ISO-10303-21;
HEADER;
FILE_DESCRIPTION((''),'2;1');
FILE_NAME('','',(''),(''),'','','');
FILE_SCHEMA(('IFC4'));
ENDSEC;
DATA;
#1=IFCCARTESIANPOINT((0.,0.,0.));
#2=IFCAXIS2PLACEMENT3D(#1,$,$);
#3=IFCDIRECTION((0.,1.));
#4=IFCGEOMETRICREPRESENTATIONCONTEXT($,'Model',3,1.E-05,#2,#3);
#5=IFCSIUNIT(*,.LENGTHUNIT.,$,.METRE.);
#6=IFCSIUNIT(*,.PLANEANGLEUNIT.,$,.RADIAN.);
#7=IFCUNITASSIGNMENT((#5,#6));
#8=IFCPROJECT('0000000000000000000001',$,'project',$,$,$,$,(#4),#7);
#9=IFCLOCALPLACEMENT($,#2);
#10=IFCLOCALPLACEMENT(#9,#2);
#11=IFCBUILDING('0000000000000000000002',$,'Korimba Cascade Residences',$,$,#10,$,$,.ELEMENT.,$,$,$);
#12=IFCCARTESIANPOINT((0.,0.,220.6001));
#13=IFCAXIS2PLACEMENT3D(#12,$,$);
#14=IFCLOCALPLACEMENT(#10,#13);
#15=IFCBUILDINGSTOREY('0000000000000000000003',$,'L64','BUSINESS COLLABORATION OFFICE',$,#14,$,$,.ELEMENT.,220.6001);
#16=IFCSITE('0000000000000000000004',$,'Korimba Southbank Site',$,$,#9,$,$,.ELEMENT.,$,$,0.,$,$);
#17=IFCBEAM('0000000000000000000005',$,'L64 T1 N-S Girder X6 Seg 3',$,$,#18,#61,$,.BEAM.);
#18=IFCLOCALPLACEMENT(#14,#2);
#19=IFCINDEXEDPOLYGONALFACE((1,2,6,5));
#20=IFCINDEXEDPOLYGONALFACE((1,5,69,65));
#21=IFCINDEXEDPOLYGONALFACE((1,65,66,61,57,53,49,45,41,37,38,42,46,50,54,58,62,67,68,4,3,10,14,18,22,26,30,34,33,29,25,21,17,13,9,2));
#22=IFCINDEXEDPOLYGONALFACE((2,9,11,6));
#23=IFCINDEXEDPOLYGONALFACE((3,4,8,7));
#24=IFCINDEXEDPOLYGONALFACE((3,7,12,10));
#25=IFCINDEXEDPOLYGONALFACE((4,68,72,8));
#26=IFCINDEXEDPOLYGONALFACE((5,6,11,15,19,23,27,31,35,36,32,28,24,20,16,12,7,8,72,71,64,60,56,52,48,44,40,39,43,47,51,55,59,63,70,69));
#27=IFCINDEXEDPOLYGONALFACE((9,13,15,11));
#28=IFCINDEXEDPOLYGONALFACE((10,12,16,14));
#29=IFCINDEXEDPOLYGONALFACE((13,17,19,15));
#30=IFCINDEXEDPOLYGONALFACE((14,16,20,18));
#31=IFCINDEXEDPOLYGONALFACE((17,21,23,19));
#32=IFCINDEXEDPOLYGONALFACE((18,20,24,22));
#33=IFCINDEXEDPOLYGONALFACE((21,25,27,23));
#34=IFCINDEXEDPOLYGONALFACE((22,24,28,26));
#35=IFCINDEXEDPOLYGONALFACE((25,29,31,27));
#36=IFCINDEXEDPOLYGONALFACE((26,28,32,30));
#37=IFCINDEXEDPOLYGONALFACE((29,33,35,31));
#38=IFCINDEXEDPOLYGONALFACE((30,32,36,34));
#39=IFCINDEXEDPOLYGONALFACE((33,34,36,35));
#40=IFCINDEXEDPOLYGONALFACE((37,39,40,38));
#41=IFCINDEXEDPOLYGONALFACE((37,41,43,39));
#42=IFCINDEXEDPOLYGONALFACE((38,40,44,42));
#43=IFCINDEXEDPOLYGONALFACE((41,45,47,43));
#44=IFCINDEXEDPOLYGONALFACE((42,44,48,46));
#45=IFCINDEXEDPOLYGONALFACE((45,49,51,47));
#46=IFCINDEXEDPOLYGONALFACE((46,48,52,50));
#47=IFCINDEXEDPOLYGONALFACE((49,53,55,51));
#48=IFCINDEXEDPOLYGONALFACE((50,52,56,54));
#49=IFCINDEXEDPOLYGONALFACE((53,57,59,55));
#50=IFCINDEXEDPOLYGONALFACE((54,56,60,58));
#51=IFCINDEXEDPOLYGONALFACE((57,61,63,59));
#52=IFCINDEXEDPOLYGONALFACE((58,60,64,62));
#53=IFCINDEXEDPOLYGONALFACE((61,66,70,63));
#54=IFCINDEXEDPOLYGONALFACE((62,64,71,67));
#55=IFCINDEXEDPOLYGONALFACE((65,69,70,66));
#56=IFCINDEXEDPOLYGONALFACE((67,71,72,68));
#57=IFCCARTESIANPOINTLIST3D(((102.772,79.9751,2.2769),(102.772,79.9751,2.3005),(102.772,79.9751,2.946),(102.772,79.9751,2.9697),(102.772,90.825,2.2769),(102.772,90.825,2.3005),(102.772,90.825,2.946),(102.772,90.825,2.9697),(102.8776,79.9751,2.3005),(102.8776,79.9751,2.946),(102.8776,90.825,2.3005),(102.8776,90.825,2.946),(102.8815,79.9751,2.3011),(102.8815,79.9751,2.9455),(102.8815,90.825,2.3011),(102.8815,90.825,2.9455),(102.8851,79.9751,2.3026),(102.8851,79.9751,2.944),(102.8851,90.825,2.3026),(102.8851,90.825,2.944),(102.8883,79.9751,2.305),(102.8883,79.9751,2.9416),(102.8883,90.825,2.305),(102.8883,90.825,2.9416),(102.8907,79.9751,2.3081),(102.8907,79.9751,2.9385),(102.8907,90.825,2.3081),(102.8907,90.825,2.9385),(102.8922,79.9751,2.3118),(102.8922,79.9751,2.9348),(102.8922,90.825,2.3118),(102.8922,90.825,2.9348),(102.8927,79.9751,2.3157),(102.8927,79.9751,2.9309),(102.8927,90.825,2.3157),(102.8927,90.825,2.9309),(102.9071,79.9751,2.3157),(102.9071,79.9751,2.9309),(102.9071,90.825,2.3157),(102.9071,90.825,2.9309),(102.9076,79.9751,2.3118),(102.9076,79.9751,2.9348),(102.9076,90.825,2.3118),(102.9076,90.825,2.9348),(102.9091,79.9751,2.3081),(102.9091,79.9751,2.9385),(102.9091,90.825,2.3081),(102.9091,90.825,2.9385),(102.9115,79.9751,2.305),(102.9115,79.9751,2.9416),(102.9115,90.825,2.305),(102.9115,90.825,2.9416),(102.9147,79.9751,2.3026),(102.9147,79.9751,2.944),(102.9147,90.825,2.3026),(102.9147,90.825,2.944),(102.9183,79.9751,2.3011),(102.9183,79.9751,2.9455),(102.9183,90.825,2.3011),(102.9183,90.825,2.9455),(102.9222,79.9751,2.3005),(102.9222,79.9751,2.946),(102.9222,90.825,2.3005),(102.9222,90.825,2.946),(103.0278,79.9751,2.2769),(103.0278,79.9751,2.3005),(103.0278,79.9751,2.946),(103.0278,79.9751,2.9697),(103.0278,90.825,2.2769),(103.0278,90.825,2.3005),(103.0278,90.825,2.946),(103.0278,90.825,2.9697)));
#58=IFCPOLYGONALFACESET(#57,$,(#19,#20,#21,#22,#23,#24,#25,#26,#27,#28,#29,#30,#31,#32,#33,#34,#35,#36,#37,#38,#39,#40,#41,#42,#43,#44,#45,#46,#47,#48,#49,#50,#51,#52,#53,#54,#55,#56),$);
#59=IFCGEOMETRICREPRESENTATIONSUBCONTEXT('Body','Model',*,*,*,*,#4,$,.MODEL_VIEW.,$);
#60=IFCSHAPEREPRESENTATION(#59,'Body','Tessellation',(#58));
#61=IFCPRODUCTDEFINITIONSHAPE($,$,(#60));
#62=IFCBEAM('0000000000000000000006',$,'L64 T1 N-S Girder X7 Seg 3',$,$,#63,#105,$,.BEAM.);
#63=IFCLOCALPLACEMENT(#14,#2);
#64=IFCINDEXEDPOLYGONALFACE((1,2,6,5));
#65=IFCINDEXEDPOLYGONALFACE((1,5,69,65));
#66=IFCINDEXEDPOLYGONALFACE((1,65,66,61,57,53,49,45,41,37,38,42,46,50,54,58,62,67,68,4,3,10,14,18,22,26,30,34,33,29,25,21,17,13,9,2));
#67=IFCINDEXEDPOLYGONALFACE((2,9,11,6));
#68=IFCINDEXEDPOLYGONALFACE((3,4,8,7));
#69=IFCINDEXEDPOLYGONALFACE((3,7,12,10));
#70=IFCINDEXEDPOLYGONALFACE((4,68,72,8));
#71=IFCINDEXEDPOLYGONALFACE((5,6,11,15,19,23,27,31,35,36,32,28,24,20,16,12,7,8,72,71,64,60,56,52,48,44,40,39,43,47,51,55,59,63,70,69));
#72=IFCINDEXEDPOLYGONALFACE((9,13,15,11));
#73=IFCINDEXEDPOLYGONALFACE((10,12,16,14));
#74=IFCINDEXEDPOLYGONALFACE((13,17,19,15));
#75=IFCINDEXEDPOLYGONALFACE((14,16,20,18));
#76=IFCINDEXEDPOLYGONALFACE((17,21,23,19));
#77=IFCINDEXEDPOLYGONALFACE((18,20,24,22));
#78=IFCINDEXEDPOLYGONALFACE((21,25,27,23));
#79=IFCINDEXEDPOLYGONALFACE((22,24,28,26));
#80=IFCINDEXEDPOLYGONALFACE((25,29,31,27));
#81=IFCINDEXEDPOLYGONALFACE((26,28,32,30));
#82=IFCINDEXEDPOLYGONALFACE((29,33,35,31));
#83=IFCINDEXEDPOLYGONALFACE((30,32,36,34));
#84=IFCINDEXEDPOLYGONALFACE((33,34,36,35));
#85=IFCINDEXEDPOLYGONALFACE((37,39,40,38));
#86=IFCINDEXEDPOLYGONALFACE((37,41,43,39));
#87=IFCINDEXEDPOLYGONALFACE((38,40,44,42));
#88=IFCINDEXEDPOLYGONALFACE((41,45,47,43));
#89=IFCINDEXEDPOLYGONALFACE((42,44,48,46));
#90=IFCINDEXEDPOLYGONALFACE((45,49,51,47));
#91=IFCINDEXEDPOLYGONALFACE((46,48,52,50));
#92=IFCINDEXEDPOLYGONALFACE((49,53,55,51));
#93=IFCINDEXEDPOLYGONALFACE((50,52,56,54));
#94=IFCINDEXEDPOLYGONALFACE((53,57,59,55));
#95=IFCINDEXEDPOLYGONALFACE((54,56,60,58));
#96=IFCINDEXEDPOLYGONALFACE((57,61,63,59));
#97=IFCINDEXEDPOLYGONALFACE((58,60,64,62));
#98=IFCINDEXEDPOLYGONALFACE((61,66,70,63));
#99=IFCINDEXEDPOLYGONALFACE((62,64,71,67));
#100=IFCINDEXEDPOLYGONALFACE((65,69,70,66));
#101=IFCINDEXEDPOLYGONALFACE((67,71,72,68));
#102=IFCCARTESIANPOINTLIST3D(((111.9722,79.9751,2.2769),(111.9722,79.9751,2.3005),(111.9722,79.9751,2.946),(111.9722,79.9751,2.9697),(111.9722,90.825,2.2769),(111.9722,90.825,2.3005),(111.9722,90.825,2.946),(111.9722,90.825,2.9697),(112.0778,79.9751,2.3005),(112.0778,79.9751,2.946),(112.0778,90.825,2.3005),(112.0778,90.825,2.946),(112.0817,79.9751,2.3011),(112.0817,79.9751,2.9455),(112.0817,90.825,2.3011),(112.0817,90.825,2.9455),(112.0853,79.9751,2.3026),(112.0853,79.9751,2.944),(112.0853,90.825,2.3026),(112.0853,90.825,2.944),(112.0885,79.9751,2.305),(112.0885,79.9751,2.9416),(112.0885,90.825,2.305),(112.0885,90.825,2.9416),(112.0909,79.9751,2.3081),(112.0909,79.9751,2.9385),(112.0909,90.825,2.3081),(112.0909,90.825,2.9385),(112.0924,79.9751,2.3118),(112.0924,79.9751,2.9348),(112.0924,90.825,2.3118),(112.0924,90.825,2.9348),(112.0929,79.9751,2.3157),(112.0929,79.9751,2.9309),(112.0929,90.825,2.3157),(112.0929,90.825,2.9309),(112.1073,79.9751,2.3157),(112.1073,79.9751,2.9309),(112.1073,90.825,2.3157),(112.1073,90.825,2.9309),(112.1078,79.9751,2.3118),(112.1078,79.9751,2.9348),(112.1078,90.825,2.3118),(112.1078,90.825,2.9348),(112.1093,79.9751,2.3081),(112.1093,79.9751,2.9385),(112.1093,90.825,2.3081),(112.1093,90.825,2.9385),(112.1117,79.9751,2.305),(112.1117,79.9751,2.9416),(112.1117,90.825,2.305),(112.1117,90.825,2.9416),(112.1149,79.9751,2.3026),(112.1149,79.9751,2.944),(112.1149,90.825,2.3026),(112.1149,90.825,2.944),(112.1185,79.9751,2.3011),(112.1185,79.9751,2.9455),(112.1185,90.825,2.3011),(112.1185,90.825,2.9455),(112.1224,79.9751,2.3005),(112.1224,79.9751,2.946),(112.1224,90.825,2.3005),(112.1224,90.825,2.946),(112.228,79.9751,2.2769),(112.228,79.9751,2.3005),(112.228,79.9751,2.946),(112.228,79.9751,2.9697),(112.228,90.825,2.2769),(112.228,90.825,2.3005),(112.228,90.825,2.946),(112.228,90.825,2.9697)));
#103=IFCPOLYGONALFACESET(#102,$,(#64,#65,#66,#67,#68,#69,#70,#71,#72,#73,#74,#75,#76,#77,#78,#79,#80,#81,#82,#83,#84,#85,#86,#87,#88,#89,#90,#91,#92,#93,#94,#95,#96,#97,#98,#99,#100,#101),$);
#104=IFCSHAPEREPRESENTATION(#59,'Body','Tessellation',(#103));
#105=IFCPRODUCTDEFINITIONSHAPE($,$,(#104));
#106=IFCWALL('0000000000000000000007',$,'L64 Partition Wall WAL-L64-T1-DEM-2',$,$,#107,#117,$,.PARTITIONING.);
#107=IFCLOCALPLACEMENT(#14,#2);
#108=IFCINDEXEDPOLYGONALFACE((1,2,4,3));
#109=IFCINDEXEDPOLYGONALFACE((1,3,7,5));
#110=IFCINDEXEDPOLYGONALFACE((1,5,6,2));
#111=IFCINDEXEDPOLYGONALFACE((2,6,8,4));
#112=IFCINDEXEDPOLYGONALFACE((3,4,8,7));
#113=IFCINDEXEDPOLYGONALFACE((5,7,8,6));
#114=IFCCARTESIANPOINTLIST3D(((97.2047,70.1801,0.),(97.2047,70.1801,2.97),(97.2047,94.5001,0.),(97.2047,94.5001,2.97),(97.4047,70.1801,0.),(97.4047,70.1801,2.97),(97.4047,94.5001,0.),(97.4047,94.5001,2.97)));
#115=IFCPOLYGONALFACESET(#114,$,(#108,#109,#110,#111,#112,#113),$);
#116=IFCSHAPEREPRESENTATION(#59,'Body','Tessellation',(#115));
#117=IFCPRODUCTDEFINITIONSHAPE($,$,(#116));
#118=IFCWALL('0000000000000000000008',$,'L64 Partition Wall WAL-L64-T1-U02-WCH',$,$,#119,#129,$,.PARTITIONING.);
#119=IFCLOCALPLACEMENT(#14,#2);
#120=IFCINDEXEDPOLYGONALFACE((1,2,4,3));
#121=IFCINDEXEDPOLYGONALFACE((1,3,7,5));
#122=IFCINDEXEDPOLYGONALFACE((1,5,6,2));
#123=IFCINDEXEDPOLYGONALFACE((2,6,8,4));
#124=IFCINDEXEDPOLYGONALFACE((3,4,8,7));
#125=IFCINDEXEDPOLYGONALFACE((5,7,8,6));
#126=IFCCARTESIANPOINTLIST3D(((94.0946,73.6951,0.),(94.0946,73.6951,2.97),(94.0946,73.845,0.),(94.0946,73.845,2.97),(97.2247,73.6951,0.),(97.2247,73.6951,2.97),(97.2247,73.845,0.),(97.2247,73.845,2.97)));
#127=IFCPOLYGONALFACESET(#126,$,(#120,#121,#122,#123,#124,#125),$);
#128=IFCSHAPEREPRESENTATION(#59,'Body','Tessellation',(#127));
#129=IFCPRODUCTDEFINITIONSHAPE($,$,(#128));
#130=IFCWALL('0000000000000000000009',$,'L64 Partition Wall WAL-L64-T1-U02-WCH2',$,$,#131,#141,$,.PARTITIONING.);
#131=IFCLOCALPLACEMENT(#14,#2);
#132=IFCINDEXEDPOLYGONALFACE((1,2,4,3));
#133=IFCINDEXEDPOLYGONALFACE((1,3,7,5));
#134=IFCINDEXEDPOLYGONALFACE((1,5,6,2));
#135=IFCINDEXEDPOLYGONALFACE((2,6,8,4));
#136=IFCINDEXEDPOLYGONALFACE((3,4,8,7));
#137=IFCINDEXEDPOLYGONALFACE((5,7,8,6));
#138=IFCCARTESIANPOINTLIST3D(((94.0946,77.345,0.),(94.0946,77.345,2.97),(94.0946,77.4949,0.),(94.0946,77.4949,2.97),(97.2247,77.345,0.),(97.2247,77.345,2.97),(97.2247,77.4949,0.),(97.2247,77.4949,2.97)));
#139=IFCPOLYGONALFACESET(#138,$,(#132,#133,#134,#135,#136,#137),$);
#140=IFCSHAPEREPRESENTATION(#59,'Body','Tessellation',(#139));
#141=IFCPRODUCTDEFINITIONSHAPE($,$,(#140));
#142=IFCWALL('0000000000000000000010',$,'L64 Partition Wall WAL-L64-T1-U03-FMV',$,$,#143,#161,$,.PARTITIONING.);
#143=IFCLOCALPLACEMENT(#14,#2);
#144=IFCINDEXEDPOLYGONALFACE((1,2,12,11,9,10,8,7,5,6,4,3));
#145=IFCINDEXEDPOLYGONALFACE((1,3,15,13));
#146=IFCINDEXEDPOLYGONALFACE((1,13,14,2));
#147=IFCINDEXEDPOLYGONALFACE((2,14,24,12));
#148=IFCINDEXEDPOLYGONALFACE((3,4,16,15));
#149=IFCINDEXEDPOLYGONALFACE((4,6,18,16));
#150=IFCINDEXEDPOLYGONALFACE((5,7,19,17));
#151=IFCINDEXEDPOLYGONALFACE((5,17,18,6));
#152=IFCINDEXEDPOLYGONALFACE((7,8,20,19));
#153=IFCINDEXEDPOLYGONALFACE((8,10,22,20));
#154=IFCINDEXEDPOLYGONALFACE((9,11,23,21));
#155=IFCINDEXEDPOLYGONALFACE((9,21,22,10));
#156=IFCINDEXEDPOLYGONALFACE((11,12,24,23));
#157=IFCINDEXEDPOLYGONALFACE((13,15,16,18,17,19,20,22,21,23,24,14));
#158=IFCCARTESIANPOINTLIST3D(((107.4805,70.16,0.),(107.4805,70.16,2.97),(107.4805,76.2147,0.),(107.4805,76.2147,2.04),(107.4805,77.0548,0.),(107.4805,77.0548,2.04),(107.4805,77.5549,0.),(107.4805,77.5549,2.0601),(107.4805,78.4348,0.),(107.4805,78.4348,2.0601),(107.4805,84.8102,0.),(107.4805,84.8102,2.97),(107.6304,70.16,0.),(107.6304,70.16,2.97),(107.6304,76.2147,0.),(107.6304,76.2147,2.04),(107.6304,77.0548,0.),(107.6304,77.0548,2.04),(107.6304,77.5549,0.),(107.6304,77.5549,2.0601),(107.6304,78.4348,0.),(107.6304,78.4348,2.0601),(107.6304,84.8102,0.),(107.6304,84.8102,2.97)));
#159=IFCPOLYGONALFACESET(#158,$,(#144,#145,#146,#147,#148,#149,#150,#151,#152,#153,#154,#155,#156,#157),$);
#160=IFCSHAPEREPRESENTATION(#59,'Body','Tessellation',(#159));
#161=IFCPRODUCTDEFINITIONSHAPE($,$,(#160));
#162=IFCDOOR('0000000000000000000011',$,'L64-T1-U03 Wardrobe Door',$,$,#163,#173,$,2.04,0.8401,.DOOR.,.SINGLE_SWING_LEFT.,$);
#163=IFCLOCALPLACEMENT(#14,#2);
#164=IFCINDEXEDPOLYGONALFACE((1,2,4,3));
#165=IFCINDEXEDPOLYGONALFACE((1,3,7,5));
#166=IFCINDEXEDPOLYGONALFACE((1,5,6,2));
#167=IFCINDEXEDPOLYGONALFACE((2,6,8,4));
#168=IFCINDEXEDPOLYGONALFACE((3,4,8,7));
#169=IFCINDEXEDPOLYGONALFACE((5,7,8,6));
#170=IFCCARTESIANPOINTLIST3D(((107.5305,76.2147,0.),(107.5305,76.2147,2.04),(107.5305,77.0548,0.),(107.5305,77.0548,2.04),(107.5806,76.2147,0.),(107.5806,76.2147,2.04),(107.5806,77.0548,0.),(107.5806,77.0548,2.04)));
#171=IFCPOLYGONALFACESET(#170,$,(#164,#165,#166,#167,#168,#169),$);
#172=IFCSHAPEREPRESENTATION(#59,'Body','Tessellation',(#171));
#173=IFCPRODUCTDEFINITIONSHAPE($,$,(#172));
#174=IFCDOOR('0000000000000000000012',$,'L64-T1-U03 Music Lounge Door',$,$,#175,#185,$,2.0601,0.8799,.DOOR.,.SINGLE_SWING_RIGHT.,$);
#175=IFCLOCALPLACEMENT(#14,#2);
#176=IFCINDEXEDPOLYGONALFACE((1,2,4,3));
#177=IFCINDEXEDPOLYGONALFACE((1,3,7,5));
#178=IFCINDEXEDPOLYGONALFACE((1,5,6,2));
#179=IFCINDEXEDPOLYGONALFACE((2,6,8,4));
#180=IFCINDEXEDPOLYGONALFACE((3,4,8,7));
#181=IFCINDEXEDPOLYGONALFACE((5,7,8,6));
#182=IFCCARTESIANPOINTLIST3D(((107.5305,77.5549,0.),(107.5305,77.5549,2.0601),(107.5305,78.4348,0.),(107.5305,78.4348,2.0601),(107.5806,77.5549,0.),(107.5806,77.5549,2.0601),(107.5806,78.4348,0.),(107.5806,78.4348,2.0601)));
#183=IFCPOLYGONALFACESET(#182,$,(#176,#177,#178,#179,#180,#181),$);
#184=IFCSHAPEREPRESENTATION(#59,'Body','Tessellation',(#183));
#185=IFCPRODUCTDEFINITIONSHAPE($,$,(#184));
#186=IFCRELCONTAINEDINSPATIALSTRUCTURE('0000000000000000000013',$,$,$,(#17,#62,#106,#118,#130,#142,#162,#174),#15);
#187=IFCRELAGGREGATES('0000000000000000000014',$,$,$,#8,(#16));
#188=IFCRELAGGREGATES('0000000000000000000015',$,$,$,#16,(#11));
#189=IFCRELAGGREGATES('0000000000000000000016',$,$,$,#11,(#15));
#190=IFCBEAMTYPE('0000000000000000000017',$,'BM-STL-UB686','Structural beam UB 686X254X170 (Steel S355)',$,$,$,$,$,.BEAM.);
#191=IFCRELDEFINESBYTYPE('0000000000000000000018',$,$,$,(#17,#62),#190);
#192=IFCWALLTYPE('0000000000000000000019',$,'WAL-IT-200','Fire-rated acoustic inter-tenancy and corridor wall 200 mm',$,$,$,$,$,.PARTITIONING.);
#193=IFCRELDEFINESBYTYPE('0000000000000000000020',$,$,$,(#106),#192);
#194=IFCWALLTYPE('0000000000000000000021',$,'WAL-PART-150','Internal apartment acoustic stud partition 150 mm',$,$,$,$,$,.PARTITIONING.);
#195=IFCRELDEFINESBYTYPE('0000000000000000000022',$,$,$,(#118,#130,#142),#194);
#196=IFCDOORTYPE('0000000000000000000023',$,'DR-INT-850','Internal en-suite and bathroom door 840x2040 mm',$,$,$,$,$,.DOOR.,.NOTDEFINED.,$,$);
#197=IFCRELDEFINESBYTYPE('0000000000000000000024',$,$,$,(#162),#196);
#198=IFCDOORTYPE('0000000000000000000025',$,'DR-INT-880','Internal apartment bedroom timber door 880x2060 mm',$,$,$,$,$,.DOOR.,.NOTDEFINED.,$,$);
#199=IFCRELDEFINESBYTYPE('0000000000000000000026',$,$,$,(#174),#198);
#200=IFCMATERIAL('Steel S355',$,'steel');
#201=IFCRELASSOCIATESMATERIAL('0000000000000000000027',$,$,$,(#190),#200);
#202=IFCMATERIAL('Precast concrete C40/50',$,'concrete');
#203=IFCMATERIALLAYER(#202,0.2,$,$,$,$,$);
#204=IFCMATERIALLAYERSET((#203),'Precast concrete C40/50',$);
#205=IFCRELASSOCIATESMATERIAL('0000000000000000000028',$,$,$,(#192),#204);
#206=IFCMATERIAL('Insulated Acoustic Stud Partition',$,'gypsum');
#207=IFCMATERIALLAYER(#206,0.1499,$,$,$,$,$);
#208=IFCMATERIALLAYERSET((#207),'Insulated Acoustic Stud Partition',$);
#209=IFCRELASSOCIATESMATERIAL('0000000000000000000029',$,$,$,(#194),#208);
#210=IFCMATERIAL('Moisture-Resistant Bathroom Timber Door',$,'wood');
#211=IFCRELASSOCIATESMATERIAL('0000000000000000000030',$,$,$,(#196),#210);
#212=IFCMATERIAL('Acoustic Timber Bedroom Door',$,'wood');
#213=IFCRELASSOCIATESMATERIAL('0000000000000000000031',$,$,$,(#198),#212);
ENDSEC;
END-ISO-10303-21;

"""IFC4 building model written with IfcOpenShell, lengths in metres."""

from ifc_helpers import new_model, si_unit, direction, frame, frame_2d, origin, origin_2d, place, context, subcontext, project, spatial, rectangle, i_section, extrude, material, layer, layer_set, material_profile, profile_set, type_object, element, fill, save


model = new_model("IFC4")

# Units and contexts
model_context = context("Model", 3, precision=1e-05, world=origin(), true_north=direction((0.0, 1.0)))
body_context = subcontext(model_context, "Body", "Model", "MODEL_VIEW")
ifc_project = project(units=[si_unit("LENGTHUNIT", "METRE"), si_unit("PLANEANGLEUNIT", "RADIAN")], contexts=[model_context])

# Site, building, storey
site_placement = place(None, origin())
site = spatial("IfcSite", under=ifc_project, at=site_placement, Name="Korimba Southbank Site", CompositionType="ELEMENT", RefElevation=0.0)
building_placement = place(site_placement, origin())
building = spatial("IfcBuilding", under=site, at=building_placement, Name="Korimba Cascade Residences", CompositionType="ELEMENT")
storey_placement = place(building_placement, frame((0.0, 0.0, 220.6001)))
storey = spatial("IfcBuildingStorey", under=building, at=storey_placement, Name="L64", Description="BUSINESS COLLABORATION OFFICE", CompositionType="ELEMENT", Elevation=220.6001)

# Beams
ifc_material_1 = material(Name="Steel S355", Category="steel")
ifc_material_profile_1 = material_profile(ifc_material_1, i_section(OverallWidth=0.2559, OverallDepth=0.6929, WebThickness=0.0144, FlangeThickness=0.0237, FilletRadius=0.0151, at=origin_2d()), Name="Steel S355")
ifc_profile_set_1 = profile_set([ifc_material_profile_1], Name="Steel S355")
beam_type_1 = type_object("IfcBeamType", Name="BM-STL-UB686", Description="Structural beam UB 686X254X170 (Steel S355)", PredefinedType="BEAM", material=ifc_profile_set_1)
for number, where, z_axis, x_axis, name in (
    (1, (102.8999, 79.9751, 2.6233), (0.0, 1.0, 0.0), (-1.0, 0.0, 0.0), "L64 T1 N-S Girder X6 Seg 3"),
    (2, (112.1001, 79.9751, 2.6233), (0.0, 1.0, 0.0), (-1.0, 0.0, 0.0), "L64 T1 N-S Girder X7 Seg 3"),
):
    element("IfcBeam", number, at=place(storey_placement, frame(where, z_axis=z_axis, x_axis=x_axis)), inside=storey, type_object=beam_type_1, Name=name, PredefinedType="BEAM", context=body_context, shape_type="SweptSolid", body=[
        extrude(i_section(OverallWidth=0.2559, OverallDepth=0.6929, WebThickness=0.0144, FlangeThickness=0.0237, FilletRadius=0.0151, at=origin_2d()), origin(), (0.0, 0.0, 1.0), 10.8499),
    ])

# Walls
ifc_material_2 = material(Name="Precast concrete C40/50", Category="concrete")
ifc_layer_1 = layer(ifc_material_2, 0.2)
ifc_layer_set_1 = layer_set([ifc_layer_1], Name="Precast concrete C40/50")
wall_type_1 = type_object("IfcWallType", Name="WAL-IT-200", Description="Fire-rated acoustic inter-tenancy and corridor wall 200 mm", PredefinedType="PARTITIONING", material=ifc_layer_set_1)
wall_1_placement = place(storey_placement, frame((97.3047, 70.1799, 0.0), z_axis=(0.0, 0.0, 1.0), x_axis=(0.0, 1.0, 0.0)))
element("IfcWall", 3, at=wall_1_placement, inside=storey, type_object=wall_type_1, Name="L64 Partition Wall WAL-L64-T1-DEM-2", PredefinedType="PARTITIONING", context=body_context, shape_type="SweptSolid", body=[
    extrude(rectangle(XDim=24.3201, YDim=0.2, at=frame_2d((12.1602, 0.0))), origin(), (0.0, 0.0, 1.0), 2.97),
])
ifc_material_3 = material(Name="Insulated Acoustic Stud Partition", Category="gypsum")
ifc_layer_2 = layer(ifc_material_3, 0.1499)
ifc_layer_set_2 = layer_set([ifc_layer_2], Name="Insulated Acoustic Stud Partition")
wall_type_2 = type_object("IfcWallType", Name="WAL-PART-150", Description="Internal apartment acoustic stud partition 150 mm", PredefinedType="PARTITIONING", material=ifc_layer_set_2)
for number, where, z_axis, x_axis, name in (
    (4, (94.0947, 73.77, 0.0), (0.0, 0.0, 1.0), (1.0, 0.0, 0.0), "L64 Partition Wall WAL-L64-T1-U02-WCH"),
    (5, (94.0947, 77.4199, 0.0), (0.0, 0.0, 1.0), (1.0, 0.0, 0.0), "L64 Partition Wall WAL-L64-T1-U02-WCH2"),
):
    element("IfcWall", number, at=place(storey_placement, frame(where, z_axis=z_axis, x_axis=x_axis)), inside=storey, type_object=wall_type_2, Name=name, PredefinedType="PARTITIONING", context=body_context, shape_type="SweptSolid", body=[
        extrude(rectangle(XDim=3.1301, YDim=0.1499, at=frame_2d((1.5649, 0.0))), origin(), (0.0, 0.0, 1.0), 2.97),
    ])

# Wall, openings, doors
wall_2_placement = place(storey_placement, frame((107.5554, 70.1599, 0.0), z_axis=(0.0, 0.0, 1.0), x_axis=(0.0, 1.0, 0.0)))
wall_2 = element("IfcWall", 6, at=wall_2_placement, inside=storey, type_object=wall_type_2, Name="L64 Partition Wall WAL-L64-T1-U03-FMV", PredefinedType="PARTITIONING", context=body_context, shape_type="SweptSolid", body=[
    extrude(rectangle(XDim=14.6501, YDim=0.1499, at=frame_2d((7.3252, 0.0))), origin(), (0.0, 0.0, 1.0), 2.97),
])
opening_1_placement = place(wall_2_placement, frame((6.0549, 0.0, 0.0)))
opening_1 = element("IfcOpeningElement", 7, at=opening_1_placement, cuts=wall_2, PredefinedType="OPENING", context=body_context, shape_type="SweptSolid", body=[
    extrude(rectangle(XDim=0.8401, YDim=2.04, at=frame_2d((0.4199, 1.02))), frame((0.0, 0.085, 0.0), z_axis=(0.0, -1.0, 0.0), x_axis=(1.0, 0.0, 0.0)), (0.0, 0.0, 1.0), 0.1699),
])
opening_2_placement = place(wall_2_placement, frame((7.395, 0.0, 0.0)))
opening_2 = element("IfcOpeningElement", 8, at=opening_2_placement, cuts=wall_2, PredefinedType="OPENING", context=body_context, shape_type="SweptSolid", body=[
    extrude(rectangle(XDim=0.8799, YDim=2.0601, at=frame_2d((0.4399, 1.03))), frame((0.0, 0.085, 0.0), z_axis=(0.0, -1.0, 0.0), x_axis=(1.0, 0.0, 0.0)), (0.0, 0.0, 1.0), 0.1699),
])
ifc_material_4 = material(Name="Moisture-Resistant Bathroom Timber Door", Category="wood")
door_type_1 = type_object("IfcDoorType", Name="DR-INT-850", Description="Internal en-suite and bathroom door 840x2040 mm", OperationType="NOTDEFINED", PredefinedType="DOOR", material=ifc_material_4)
door_1_placement = place(opening_1_placement, origin())
door_1 = element("IfcDoor", 9, at=door_1_placement, inside=storey, type_object=door_type_1, Name="L64-T1-U03 Wardrobe Door", OperationType="SINGLE_SWING_LEFT", OverallHeight=2.04, OverallWidth=0.8401, PredefinedType="DOOR", context=body_context, shape_type="SweptSolid", body=[
    extrude(rectangle(XDim=0.8401, YDim=2.04, at=frame_2d((0.4199, 1.02))), frame((0.0, 0.0249, 0.0), z_axis=(0.0, -1.0, 0.0), x_axis=(1.0, 0.0, 0.0)), (0.0, 0.0, 1.0), 0.05),
])
fill(opening_1, door_1)
ifc_material_5 = material(Name="Acoustic Timber Bedroom Door", Category="wood")
door_type_2 = type_object("IfcDoorType", Name="DR-INT-880", Description="Internal apartment bedroom timber door 880x2060 mm", OperationType="NOTDEFINED", PredefinedType="DOOR", material=ifc_material_5)
door_2_placement = place(opening_2_placement, origin())
door_2 = element("IfcDoor", 10, at=door_2_placement, inside=storey, type_object=door_type_2, Name="L64-T1-U03 Music Lounge Door", OperationType="SINGLE_SWING_RIGHT", OverallHeight=2.0601, OverallWidth=0.8799, PredefinedType="DOOR", context=body_context, shape_type="SweptSolid", body=[
    extrude(rectangle(XDim=0.8799, YDim=2.0601, at=frame_2d((0.4399, 1.03))), frame((0.0, 0.0249, 0.0), z_axis=(0.0, -1.0, 0.0), x_axis=(1.0, 0.0, 0.0)), (0.0, 0.0, 1.0), 0.05),
])
fill(opening_2, door_2)

save(model, "model.ifc")
